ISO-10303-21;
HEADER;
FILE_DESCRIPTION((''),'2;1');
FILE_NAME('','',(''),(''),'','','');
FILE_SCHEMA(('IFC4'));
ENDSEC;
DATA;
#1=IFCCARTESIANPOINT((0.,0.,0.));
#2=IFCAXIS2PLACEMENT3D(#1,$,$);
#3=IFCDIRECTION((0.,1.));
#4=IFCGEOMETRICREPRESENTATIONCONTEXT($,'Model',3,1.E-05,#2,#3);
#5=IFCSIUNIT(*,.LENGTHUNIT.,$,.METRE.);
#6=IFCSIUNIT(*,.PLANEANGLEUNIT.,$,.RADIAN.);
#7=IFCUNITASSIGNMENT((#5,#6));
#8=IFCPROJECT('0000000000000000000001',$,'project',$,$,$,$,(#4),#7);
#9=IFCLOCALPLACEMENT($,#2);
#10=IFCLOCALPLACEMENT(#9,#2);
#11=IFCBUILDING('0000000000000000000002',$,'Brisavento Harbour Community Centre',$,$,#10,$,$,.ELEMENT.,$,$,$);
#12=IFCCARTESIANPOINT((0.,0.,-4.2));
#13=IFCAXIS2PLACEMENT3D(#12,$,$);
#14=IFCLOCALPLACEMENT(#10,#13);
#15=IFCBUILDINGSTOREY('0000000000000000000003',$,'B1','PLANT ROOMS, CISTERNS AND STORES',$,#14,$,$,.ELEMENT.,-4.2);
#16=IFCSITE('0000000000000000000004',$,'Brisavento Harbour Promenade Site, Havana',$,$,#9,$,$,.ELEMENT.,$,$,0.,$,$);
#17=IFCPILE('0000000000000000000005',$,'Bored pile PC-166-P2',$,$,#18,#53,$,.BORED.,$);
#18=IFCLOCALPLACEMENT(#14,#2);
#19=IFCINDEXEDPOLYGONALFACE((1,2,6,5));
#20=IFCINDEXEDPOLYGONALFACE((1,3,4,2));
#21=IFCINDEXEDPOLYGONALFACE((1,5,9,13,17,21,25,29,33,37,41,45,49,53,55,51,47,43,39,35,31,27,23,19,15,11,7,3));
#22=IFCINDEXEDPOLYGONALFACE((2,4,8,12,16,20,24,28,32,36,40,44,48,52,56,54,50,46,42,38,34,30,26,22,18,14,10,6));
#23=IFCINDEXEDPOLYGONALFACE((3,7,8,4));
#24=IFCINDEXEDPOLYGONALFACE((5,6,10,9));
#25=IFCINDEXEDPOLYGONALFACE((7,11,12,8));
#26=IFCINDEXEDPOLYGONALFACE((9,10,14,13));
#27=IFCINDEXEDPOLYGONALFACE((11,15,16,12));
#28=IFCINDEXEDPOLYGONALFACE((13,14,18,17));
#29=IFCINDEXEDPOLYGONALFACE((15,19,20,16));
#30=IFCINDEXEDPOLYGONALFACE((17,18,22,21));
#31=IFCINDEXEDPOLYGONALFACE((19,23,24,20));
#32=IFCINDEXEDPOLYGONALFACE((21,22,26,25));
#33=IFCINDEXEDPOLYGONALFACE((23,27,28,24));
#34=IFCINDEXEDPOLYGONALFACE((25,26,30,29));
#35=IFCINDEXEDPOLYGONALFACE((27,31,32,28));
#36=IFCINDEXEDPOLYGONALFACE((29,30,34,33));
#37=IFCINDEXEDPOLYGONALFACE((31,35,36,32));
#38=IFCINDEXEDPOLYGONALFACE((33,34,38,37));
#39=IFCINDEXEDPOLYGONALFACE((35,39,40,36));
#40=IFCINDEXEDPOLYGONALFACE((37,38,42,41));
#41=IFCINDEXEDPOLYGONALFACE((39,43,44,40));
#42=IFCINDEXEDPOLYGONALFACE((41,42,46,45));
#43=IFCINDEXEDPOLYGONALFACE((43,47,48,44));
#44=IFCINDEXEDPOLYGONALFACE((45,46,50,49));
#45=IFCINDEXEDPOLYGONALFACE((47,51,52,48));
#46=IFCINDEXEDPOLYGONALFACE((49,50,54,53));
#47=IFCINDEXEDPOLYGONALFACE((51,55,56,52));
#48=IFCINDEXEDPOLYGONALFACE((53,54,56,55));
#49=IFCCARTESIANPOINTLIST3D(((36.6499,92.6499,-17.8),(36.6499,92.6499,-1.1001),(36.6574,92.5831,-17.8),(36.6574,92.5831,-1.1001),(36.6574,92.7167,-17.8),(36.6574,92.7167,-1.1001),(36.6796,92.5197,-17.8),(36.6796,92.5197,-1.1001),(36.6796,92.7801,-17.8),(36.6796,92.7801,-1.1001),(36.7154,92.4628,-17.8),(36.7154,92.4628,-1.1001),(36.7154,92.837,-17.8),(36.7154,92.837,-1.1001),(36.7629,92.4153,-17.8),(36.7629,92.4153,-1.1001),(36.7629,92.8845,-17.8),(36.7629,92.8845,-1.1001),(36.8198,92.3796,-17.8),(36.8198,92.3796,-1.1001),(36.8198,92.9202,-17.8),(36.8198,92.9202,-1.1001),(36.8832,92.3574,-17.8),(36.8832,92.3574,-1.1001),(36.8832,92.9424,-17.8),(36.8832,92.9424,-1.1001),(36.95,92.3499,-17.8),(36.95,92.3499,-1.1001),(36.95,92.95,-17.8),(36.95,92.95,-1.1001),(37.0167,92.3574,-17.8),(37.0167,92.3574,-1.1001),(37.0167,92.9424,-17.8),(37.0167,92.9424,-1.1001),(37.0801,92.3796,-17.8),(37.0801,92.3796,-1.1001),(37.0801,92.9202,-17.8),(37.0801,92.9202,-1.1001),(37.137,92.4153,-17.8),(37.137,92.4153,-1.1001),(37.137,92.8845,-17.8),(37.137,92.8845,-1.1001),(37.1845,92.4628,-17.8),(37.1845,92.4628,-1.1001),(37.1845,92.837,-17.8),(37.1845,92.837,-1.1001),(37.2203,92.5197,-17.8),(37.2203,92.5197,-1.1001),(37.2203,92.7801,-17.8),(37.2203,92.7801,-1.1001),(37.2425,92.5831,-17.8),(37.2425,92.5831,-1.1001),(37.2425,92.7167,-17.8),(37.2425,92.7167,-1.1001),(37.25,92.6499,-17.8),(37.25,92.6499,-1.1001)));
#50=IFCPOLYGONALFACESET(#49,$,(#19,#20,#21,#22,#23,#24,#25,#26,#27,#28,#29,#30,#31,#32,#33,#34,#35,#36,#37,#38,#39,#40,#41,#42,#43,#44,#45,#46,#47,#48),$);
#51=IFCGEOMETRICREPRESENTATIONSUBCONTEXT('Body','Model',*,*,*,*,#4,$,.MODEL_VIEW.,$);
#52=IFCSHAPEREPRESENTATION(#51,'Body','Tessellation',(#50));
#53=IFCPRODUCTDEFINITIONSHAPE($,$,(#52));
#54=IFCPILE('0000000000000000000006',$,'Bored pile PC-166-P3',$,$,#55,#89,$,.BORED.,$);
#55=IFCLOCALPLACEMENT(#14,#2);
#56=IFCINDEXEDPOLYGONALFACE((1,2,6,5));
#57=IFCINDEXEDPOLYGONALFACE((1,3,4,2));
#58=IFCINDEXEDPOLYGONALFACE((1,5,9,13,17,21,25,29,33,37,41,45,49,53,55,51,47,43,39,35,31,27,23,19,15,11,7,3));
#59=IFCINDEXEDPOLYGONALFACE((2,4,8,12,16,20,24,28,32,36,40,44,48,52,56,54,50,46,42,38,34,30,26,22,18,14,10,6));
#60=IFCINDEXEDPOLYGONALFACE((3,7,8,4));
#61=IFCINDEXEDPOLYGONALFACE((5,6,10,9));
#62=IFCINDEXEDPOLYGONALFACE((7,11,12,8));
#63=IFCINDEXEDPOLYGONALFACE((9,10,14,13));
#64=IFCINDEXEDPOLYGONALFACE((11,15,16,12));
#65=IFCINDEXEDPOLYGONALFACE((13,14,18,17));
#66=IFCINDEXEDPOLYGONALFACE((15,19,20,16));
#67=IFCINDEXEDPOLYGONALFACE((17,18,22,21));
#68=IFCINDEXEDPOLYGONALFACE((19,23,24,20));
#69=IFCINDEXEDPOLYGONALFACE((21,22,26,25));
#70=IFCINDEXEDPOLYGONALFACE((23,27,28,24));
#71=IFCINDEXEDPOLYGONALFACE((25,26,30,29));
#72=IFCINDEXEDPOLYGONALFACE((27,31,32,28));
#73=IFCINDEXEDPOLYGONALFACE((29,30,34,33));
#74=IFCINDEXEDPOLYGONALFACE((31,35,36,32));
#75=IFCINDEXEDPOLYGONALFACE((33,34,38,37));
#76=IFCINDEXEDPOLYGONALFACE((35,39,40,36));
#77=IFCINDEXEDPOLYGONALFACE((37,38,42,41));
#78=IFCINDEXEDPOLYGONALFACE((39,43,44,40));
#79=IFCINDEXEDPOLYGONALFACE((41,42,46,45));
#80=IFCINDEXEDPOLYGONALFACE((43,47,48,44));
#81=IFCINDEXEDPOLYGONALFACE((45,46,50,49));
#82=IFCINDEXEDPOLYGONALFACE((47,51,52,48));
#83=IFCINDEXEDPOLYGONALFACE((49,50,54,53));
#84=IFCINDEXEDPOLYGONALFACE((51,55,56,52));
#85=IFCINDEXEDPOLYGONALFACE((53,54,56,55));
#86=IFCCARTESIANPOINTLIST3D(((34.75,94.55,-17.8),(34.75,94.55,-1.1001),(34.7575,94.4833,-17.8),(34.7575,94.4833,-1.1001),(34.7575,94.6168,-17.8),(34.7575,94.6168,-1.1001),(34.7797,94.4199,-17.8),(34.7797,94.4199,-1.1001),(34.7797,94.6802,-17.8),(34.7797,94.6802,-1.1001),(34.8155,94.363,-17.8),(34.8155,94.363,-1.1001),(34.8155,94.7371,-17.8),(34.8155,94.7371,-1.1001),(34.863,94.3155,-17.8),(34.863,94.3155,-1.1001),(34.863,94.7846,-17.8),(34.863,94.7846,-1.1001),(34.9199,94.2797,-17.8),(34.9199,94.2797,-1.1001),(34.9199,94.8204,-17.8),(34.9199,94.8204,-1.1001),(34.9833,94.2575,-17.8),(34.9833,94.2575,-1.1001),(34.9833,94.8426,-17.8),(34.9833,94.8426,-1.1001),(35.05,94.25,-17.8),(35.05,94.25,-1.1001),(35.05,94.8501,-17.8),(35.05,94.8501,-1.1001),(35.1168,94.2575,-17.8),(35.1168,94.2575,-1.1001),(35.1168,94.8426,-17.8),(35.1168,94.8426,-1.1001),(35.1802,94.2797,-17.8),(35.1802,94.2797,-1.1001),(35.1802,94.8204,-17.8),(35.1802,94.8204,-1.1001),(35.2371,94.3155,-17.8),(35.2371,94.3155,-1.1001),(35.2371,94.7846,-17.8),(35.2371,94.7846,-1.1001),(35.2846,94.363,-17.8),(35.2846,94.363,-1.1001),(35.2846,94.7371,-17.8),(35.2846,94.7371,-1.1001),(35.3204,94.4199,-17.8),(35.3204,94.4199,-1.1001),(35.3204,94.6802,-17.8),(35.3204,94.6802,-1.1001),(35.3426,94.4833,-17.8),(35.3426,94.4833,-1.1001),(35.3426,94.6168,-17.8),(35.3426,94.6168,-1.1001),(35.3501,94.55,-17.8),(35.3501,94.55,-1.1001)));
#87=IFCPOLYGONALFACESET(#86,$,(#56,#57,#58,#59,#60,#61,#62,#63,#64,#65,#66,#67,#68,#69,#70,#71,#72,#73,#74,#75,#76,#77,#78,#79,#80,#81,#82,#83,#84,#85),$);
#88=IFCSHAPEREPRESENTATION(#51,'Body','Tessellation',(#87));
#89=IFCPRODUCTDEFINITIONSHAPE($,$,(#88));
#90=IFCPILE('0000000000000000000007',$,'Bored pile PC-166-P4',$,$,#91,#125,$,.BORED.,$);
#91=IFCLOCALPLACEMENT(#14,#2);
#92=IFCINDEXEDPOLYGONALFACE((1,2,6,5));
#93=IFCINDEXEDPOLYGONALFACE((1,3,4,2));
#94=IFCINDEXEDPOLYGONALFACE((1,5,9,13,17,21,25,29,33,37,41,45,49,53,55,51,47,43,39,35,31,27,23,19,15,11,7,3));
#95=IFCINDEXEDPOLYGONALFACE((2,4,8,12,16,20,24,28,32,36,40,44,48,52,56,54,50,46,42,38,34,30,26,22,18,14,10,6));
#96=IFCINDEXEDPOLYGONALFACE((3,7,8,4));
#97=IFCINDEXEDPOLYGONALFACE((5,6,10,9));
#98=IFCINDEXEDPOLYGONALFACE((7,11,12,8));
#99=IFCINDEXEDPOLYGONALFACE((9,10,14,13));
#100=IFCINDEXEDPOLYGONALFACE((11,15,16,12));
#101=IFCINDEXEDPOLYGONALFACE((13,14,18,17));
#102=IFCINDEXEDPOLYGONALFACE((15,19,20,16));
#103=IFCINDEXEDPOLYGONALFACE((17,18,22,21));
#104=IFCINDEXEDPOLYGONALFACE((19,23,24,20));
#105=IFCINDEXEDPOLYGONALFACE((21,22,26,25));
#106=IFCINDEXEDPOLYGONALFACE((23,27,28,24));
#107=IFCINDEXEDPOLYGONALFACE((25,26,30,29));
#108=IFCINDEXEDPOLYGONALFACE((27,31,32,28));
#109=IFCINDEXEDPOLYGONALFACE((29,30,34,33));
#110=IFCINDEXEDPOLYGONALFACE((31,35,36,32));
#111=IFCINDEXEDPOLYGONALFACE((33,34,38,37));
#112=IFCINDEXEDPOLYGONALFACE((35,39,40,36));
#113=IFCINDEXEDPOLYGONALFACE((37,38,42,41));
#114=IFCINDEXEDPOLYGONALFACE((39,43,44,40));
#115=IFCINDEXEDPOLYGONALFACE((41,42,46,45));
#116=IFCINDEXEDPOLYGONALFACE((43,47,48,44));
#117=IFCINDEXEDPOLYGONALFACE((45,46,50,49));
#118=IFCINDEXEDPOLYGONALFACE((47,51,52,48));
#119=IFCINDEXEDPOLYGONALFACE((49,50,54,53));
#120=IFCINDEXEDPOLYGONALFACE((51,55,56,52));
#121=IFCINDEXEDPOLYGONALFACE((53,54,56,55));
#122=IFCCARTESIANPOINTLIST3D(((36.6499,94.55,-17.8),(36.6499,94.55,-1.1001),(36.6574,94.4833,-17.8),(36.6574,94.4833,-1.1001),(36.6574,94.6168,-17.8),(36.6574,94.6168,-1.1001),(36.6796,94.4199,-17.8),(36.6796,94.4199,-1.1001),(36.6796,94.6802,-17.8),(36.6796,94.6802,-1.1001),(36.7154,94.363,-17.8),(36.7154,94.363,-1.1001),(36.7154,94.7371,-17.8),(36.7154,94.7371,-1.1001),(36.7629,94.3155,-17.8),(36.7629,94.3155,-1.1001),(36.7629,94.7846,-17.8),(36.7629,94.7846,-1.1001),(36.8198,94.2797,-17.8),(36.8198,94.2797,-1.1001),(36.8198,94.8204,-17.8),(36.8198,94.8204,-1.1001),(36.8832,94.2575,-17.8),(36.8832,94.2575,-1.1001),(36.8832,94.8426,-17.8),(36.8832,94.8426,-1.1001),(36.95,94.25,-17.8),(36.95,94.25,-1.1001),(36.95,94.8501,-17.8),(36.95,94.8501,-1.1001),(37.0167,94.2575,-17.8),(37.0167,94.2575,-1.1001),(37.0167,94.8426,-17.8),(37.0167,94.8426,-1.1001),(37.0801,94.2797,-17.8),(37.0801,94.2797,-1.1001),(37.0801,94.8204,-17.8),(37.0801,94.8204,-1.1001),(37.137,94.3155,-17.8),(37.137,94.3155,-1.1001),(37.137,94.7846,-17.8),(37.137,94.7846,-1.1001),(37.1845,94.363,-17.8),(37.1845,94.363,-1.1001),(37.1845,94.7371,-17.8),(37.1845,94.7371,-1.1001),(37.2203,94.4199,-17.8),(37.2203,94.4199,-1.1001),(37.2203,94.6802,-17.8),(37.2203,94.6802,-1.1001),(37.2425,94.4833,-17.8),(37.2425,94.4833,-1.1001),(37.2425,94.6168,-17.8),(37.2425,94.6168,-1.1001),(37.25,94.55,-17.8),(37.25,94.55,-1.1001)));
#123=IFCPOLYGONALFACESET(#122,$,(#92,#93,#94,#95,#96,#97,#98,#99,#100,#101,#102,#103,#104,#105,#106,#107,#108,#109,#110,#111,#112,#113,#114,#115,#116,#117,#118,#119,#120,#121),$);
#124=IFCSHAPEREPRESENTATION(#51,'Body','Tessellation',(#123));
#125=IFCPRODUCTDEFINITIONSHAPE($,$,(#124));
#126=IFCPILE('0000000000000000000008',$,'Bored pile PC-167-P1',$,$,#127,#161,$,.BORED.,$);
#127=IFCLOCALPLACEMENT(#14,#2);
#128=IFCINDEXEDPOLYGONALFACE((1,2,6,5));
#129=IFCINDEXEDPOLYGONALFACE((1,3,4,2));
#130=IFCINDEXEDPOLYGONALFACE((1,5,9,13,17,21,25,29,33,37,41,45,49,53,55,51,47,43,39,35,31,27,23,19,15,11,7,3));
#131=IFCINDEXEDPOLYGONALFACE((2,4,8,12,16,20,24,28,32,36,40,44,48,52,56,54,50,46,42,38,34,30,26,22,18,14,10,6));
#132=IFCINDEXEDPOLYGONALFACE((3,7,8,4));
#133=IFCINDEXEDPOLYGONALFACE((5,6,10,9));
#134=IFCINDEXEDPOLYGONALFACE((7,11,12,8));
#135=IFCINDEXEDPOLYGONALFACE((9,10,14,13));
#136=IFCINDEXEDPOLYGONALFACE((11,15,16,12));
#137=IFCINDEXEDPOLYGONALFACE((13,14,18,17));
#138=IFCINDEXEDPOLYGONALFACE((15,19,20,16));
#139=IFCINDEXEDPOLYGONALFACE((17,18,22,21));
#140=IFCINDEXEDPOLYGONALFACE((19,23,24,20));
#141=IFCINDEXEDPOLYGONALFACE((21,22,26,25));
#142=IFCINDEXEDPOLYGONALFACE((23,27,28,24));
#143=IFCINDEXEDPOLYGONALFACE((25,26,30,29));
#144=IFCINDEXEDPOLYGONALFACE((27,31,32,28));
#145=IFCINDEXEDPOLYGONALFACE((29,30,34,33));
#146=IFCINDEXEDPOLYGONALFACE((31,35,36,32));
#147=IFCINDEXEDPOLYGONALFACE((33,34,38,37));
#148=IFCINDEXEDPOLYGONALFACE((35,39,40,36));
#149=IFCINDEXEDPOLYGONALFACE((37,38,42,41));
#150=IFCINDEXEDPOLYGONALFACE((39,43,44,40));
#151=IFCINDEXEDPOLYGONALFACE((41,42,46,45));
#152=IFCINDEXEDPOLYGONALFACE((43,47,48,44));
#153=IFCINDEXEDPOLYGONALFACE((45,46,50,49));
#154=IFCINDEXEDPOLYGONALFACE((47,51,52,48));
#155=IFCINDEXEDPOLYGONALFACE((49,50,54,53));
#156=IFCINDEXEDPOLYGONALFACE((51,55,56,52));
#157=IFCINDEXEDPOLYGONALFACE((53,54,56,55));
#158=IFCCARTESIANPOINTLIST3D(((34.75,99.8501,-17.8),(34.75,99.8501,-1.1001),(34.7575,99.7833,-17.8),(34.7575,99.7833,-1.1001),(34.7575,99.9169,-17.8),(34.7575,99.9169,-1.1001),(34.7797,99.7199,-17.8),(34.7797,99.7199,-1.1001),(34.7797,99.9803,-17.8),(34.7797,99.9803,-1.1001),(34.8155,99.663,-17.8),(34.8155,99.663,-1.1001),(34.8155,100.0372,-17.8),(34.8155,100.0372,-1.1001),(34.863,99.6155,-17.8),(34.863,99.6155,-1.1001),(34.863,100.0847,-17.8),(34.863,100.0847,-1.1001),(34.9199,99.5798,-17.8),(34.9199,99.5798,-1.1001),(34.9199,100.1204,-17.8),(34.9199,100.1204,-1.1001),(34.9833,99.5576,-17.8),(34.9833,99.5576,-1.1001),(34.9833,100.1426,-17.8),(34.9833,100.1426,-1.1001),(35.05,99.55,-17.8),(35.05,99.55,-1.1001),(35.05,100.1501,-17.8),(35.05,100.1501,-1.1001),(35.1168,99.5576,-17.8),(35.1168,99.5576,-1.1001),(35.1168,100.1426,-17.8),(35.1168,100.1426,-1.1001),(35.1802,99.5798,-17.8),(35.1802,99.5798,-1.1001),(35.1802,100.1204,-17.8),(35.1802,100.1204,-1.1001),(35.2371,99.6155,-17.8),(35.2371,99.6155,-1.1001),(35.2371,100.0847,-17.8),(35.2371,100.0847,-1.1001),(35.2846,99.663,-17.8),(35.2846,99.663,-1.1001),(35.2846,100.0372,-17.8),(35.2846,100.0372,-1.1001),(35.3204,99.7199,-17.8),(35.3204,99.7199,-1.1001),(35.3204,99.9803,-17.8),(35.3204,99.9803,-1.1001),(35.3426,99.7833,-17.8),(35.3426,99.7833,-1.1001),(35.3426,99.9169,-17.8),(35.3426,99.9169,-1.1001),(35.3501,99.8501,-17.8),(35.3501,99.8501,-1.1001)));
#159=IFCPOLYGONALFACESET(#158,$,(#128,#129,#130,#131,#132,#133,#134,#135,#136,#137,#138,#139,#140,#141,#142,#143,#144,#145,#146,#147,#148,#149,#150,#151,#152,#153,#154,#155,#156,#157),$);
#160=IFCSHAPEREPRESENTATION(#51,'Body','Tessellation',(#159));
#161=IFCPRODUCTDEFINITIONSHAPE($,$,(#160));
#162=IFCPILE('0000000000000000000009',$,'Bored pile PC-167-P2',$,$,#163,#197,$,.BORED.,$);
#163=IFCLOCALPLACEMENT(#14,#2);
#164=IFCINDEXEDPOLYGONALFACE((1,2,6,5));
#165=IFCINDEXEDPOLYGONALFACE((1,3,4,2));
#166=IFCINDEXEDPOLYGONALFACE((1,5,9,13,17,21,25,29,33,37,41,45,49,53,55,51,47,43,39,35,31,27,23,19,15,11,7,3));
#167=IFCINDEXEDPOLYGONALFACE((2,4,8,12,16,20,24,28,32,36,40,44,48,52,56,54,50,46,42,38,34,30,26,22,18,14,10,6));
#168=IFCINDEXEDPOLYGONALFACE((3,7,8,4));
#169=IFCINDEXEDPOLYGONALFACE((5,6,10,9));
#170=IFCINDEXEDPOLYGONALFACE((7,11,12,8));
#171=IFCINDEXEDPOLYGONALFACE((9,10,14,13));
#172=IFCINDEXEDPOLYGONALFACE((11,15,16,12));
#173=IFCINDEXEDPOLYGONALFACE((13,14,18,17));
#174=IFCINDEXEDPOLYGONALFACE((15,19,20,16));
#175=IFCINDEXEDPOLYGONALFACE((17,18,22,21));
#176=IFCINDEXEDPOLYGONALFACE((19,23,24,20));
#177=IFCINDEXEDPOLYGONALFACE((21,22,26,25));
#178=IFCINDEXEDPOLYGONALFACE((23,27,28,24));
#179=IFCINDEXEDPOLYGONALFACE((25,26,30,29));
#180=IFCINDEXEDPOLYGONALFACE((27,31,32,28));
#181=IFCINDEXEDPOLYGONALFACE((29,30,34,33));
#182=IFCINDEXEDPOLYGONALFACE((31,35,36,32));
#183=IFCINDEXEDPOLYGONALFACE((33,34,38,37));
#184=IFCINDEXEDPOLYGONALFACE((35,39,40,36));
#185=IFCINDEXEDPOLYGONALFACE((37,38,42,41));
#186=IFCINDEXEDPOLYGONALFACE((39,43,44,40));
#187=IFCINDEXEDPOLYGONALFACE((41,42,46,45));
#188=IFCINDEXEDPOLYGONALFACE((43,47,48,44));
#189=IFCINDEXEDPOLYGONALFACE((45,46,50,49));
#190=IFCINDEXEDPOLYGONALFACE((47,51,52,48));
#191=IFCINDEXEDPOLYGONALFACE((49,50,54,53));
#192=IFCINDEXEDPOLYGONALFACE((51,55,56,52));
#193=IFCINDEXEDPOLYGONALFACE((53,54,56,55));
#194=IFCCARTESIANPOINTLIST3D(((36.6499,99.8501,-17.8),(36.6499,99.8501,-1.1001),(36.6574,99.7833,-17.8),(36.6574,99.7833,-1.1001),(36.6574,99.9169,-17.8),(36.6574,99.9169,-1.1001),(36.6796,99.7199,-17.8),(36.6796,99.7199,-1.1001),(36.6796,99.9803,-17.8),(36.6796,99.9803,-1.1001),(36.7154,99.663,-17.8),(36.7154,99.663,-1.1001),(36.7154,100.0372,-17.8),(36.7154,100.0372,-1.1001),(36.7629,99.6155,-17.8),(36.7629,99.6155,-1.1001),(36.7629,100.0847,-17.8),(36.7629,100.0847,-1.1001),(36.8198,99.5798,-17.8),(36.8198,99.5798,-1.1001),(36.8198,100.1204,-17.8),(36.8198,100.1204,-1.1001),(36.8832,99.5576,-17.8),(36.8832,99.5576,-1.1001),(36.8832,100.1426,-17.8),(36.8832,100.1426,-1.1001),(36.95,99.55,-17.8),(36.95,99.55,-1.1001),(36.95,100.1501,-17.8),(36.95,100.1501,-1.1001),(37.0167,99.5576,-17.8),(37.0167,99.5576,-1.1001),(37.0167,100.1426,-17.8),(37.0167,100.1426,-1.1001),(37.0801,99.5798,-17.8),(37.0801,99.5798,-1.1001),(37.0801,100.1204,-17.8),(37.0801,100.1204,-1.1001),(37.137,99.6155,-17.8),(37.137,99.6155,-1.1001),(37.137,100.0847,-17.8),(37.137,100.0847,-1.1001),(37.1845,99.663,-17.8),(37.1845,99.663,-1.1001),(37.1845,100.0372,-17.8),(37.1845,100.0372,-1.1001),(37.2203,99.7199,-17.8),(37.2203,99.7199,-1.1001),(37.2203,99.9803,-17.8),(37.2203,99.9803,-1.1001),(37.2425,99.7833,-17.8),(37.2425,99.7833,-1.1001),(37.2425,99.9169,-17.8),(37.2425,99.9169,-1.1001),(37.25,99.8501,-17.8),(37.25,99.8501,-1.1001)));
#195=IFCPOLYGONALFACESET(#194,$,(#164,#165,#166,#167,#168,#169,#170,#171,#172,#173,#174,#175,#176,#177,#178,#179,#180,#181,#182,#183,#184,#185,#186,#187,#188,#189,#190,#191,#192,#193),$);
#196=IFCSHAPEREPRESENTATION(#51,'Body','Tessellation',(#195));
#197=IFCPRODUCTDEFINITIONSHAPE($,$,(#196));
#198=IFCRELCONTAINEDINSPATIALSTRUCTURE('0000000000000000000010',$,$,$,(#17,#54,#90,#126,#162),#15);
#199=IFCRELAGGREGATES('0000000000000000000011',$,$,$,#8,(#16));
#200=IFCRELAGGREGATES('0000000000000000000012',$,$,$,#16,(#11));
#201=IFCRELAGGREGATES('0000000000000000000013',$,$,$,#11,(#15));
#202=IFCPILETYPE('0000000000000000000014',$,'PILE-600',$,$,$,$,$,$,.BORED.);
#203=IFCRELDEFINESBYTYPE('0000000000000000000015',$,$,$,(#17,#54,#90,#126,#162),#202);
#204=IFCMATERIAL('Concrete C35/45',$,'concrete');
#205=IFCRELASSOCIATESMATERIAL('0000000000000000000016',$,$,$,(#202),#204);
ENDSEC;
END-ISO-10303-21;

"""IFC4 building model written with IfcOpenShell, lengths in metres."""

from ifc_helpers import new_model, si_unit, direction, frame, origin, origin_2d, place, context, subcontext, project, spatial, circle, extrude, material, material_profile, profile_set, type_object, element, save


model = new_model("IFC4")

# Units and contexts
model_context = context("Model", 3, precision=1e-05, world=origin(), true_north=direction((0.0, 1.0)))
body_context = subcontext(model_context, "Body", "Model", "MODEL_VIEW")
ifc_project = project(units=[si_unit("LENGTHUNIT", "METRE"), si_unit("PLANEANGLEUNIT", "RADIAN")], contexts=[model_context])

# Site, building, storey
site_placement = place(None, origin())
site = spatial("IfcSite", under=ifc_project, at=site_placement, Name="Brisavento Harbour Promenade Site, Havana", CompositionType="ELEMENT", RefElevation=0.0)
building_placement = place(site_placement, origin())
building = spatial("IfcBuilding", under=site, at=building_placement, Name="Brisavento Harbour Community Centre", CompositionType="ELEMENT")
storey_placement = place(building_placement, frame((0.0, 0.0, -4.2)))
storey = spatial("IfcBuildingStorey", under=building, at=storey_placement, Name="B1", Description="PLANT ROOMS, CISTERNS AND STORES", CompositionType="ELEMENT", Elevation=-4.2)

# Shared definitions
ifc_material = material(Name="Concrete C35/45", Category="concrete")

# Piles
ifc_material_profile_1 = material_profile(ifc_material, circle(Radius=0.3, at=origin_2d()), Name="Concrete C35/45")
ifc_profile_set_1 = profile_set([ifc_material_profile_1], Name="Concrete C35/45")
pile_type = type_object("IfcPileType", Name="PILE-600", PredefinedType="BORED", material=ifc_profile_set_1)
for number, where, z_axis, x_axis, name in (
    (1, (36.95, 92.6499, -1.1001), (0.0, 0.0, -1.0), (1.0, 0.0, 0.0), "Bored pile PC-166-P2"),
    (2, (35.05, 94.55, -1.1001), (0.0, 0.0, -1.0), (1.0, 0.0, 0.0), "Bored pile PC-166-P3"),
    (3, (36.95, 94.55, -1.1001), (0.0, 0.0, -1.0), (1.0, 0.0, 0.0), "Bored pile PC-166-P4"),
    (4, (35.05, 99.8501, -1.1001), (0.0, 0.0, -1.0), (1.0, 0.0, 0.0), "Bored pile PC-167-P1"),
    (5, (36.95, 99.8501, -1.1001), (0.0, 0.0, -1.0), (1.0, 0.0, 0.0), "Bored pile PC-167-P2"),
):
    element("IfcPile", number, at=place(storey_placement, frame(where, z_axis=z_axis, x_axis=x_axis)), inside=storey, type_object=pile_type, Name=name, PredefinedType="BORED", context=body_context, shape_type="SweptSolid", body=[
        extrude(circle(Radius=0.3, at=origin_2d()), origin(), (0.0, 0.0, 1.0), 16.7),
    ])

save(model, "model.ifc")
